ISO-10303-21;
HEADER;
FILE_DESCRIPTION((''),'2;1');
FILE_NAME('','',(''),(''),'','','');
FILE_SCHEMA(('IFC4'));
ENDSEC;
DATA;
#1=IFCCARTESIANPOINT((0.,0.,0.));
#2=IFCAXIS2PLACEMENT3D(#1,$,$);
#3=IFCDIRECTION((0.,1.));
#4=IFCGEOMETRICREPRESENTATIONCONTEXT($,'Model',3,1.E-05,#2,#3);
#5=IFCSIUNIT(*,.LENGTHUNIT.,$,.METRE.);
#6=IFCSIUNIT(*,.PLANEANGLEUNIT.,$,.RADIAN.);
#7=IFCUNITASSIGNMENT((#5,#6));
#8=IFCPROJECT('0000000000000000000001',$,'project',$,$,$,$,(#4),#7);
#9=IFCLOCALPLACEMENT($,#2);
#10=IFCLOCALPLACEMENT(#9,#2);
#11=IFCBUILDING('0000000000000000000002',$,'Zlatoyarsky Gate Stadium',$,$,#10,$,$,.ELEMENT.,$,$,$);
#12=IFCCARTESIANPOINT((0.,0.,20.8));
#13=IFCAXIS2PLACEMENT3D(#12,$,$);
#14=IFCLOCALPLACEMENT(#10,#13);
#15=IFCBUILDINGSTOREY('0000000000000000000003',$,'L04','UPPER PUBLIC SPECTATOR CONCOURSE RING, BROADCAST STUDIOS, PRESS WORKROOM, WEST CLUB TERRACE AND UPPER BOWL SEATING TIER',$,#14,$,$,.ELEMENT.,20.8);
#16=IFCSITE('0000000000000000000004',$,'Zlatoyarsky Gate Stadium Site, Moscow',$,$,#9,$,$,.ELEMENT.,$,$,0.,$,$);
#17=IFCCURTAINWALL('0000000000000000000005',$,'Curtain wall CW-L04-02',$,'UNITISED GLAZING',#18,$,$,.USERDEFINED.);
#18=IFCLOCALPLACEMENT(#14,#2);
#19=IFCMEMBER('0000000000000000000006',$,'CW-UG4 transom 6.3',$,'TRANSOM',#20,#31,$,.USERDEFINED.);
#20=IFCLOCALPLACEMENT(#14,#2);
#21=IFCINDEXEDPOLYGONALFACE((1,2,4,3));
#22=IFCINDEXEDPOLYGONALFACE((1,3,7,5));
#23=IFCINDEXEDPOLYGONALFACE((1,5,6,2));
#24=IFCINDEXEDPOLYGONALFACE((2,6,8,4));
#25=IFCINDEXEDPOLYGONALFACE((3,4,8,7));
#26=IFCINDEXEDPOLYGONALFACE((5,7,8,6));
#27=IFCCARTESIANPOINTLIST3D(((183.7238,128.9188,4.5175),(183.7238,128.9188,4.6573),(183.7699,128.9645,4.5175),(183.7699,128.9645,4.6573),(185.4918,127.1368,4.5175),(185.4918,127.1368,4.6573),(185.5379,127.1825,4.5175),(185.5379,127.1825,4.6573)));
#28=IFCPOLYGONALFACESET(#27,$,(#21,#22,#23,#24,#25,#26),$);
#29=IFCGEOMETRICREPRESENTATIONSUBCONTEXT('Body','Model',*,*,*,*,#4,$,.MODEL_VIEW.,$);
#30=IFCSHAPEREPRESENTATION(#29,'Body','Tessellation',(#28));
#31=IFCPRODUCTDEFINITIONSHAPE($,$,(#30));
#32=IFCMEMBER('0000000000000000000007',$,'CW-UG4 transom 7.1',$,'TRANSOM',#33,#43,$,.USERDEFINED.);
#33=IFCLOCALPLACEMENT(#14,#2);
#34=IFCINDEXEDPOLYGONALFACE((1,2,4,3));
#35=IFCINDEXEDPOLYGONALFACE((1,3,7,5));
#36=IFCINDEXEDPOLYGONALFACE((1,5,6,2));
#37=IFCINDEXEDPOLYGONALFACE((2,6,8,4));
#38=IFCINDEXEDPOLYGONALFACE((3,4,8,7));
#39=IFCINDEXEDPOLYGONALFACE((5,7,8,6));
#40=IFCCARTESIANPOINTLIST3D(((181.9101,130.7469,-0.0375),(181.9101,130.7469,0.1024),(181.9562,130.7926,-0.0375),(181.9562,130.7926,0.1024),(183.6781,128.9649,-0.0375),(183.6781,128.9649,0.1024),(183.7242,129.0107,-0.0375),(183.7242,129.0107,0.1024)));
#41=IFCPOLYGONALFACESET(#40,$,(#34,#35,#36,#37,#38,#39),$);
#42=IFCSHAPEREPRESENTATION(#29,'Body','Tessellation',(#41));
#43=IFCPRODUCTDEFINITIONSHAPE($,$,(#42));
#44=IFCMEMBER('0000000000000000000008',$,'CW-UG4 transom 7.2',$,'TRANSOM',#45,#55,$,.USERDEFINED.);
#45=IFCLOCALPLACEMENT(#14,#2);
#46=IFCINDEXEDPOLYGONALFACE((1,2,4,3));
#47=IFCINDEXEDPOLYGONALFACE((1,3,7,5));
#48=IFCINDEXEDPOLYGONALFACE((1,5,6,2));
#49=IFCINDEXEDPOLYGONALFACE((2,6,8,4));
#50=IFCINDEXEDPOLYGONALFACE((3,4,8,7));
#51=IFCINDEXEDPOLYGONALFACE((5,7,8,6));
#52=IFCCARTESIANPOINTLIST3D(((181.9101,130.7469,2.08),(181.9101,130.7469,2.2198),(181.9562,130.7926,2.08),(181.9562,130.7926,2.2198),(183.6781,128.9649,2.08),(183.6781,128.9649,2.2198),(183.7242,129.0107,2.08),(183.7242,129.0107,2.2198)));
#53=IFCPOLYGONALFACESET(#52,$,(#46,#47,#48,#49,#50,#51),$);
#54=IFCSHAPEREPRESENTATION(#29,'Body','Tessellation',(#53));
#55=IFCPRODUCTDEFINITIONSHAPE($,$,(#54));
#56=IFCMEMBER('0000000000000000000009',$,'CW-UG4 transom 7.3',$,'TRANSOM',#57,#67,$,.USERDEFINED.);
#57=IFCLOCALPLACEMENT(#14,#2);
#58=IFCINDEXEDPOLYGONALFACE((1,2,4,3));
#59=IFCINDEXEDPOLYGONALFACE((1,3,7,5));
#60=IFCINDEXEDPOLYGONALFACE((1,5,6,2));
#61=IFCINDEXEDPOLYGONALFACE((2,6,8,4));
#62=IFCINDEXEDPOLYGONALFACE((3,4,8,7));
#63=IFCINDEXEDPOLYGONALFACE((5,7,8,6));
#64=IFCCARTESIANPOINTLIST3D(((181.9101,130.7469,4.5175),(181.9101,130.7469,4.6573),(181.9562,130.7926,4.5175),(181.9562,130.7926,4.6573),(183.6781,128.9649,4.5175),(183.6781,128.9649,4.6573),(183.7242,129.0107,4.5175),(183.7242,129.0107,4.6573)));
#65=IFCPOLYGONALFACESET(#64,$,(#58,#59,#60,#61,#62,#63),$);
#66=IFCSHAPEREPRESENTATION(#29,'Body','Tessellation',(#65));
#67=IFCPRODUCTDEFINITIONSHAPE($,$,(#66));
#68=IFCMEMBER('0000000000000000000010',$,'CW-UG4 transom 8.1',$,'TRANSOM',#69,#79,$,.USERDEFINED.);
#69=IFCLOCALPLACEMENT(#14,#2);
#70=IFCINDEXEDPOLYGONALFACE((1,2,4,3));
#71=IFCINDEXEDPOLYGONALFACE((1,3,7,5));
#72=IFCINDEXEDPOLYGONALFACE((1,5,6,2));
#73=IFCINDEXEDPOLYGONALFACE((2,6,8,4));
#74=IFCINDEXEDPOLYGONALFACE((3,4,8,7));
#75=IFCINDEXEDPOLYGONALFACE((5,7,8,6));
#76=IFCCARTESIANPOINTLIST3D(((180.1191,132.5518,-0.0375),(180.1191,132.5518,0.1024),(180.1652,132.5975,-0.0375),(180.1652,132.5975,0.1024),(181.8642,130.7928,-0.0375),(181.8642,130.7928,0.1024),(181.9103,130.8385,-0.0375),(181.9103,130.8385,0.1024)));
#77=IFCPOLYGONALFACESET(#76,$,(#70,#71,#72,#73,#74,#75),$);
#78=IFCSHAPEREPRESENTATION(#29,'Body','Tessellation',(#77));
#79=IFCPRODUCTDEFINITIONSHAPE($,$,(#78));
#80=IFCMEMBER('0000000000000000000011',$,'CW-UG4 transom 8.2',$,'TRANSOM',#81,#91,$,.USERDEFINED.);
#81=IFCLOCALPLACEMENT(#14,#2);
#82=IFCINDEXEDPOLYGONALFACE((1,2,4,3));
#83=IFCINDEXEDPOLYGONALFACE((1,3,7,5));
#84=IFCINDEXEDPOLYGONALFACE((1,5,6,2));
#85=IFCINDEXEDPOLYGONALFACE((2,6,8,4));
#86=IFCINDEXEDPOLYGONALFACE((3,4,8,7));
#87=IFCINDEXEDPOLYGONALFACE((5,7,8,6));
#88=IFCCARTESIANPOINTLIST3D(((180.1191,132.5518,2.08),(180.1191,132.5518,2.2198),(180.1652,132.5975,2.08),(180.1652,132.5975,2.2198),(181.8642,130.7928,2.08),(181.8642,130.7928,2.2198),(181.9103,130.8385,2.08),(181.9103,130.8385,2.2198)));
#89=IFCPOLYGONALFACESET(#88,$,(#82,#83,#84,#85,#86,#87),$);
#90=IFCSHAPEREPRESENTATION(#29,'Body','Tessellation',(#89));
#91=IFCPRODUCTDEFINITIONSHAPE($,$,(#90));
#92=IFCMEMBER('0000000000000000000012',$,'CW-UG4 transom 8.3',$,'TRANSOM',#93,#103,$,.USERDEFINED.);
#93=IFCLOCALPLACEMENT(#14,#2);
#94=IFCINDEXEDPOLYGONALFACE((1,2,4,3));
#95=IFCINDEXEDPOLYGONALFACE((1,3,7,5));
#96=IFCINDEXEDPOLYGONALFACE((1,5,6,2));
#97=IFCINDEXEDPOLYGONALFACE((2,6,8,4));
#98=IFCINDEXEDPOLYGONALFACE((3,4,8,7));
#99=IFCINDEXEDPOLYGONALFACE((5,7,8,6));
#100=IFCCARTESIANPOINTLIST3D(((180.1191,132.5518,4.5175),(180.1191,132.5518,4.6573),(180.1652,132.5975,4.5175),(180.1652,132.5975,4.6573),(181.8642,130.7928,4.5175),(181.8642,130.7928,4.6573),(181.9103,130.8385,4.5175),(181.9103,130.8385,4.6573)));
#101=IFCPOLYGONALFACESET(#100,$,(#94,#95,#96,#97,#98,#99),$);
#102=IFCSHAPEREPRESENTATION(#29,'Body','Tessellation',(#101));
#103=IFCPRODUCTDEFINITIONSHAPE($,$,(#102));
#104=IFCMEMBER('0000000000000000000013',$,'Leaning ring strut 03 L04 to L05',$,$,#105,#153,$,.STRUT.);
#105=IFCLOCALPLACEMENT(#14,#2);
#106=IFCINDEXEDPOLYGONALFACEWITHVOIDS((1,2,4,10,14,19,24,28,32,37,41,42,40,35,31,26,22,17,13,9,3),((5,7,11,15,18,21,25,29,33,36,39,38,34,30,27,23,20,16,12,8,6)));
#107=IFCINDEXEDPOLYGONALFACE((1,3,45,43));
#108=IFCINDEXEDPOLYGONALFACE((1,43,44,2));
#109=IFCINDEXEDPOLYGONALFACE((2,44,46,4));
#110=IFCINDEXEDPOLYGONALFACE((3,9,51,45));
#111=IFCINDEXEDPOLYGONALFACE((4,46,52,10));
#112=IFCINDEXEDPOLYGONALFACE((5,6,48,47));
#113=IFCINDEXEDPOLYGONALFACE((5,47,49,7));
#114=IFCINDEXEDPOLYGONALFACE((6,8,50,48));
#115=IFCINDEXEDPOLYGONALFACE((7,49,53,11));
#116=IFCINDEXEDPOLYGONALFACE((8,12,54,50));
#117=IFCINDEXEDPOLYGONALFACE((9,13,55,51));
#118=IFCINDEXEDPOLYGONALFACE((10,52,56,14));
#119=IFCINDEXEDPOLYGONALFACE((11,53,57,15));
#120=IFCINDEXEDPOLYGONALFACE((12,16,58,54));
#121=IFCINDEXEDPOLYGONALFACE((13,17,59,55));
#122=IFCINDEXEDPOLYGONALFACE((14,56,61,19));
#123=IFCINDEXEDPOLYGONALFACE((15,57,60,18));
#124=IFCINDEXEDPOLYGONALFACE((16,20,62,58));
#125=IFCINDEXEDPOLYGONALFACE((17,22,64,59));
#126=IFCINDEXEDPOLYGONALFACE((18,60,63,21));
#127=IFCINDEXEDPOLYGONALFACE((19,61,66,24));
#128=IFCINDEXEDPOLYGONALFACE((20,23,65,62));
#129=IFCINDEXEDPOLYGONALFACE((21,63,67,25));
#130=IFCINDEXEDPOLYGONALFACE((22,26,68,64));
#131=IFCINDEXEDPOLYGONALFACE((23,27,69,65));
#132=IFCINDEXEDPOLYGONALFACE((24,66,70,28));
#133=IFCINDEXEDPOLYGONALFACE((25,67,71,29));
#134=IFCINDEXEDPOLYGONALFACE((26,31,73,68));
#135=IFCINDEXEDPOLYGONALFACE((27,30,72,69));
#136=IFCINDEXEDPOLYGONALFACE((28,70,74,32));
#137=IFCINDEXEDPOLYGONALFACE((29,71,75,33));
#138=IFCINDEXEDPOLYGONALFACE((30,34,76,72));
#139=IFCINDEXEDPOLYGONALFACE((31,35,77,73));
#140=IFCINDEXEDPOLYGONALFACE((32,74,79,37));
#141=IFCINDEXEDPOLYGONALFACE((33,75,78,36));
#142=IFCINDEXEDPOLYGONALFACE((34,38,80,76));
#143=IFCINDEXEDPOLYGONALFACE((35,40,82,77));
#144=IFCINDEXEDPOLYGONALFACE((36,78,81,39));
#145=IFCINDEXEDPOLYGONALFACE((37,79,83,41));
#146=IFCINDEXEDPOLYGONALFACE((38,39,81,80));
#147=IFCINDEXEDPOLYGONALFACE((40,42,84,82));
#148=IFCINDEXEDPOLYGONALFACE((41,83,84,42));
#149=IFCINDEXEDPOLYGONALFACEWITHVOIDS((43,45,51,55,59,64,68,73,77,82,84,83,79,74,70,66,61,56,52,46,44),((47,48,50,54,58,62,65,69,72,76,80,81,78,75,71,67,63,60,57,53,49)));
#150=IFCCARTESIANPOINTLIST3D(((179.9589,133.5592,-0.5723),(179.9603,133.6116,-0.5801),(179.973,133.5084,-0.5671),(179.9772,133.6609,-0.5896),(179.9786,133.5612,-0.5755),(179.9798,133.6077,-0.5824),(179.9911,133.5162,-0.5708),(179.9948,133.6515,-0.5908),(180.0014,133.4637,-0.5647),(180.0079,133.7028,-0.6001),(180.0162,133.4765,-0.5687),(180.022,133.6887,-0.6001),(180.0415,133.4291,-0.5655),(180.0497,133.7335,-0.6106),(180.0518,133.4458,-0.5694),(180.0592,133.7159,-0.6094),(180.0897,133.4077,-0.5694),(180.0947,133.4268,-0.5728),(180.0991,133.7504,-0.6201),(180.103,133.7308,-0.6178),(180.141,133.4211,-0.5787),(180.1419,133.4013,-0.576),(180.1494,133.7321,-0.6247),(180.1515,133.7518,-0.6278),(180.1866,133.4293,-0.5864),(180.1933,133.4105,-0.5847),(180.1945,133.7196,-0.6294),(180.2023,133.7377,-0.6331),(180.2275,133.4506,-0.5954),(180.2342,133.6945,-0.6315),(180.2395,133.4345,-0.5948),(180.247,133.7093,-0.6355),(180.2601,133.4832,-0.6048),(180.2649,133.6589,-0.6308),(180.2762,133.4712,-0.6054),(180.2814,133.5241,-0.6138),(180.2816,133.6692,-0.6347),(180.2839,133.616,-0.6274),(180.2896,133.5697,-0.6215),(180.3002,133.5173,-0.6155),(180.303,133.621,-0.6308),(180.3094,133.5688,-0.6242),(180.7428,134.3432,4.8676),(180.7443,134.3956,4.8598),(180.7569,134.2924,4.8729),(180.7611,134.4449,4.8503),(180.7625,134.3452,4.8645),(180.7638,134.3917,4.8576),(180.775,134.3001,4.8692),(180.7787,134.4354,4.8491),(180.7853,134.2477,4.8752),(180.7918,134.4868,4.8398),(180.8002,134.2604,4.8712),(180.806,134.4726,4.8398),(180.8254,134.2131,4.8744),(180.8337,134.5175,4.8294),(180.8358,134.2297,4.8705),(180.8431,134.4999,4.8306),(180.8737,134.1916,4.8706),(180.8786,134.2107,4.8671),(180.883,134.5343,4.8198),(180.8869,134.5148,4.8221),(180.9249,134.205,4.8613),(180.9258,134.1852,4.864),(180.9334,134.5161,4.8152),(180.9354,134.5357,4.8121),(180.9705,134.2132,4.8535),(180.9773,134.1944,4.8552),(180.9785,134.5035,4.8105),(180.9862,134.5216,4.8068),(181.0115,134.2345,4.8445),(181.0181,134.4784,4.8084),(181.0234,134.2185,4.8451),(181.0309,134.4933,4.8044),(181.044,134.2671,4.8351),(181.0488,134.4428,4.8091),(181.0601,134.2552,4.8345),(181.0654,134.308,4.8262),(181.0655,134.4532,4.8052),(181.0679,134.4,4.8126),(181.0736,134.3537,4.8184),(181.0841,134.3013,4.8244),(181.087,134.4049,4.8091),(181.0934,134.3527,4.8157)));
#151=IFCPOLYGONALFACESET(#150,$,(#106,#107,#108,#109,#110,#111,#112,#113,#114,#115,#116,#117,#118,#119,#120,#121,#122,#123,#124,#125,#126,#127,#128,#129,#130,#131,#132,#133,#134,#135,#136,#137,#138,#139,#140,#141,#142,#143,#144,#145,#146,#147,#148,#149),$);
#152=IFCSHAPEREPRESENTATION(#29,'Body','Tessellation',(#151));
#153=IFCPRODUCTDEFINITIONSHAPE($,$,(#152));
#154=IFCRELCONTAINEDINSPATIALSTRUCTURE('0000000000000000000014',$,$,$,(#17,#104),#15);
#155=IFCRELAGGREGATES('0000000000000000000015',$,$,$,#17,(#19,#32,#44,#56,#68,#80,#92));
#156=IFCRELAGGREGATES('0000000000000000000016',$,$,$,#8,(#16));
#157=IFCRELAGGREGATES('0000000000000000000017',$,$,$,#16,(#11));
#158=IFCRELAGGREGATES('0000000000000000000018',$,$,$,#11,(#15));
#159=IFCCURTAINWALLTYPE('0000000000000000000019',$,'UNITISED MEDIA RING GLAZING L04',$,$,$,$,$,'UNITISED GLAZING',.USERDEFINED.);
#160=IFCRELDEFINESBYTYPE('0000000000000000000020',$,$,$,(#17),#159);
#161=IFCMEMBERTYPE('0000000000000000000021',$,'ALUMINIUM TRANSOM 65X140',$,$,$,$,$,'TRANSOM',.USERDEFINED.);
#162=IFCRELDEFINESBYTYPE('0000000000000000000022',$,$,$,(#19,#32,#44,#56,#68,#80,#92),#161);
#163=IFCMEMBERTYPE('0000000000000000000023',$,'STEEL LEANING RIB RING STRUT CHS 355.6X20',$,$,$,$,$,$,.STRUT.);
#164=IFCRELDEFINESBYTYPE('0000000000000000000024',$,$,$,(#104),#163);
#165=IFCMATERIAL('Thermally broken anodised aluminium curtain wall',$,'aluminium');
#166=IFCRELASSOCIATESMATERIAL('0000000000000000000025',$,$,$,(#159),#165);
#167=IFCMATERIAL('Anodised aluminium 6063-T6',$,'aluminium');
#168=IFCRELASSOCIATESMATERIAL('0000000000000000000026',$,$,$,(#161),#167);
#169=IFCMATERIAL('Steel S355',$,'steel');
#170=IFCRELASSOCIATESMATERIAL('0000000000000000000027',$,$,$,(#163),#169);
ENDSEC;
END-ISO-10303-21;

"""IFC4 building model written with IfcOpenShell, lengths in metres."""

from ifc_helpers import new_model, si_unit, direction, frame, origin, origin_2d, place, context, subcontext, project, spatial, rectangle, hollow_circle, extrude, material, material_profile, profile_set, type_object, element, aggregate, save


model = new_model("IFC4")

# Units and contexts
model_context = context("Model", 3, precision=1e-05, world=origin(), true_north=direction((0.0, 1.0)))
body_context = subcontext(model_context, "Body", "Model", "MODEL_VIEW")
ifc_project = project(units=[si_unit("LENGTHUNIT", "METRE"), si_unit("PLANEANGLEUNIT", "RADIAN")], contexts=[model_context])

# Site, building, storey
site_placement = place(None, origin())
site = spatial("IfcSite", under=ifc_project, at=site_placement, Name="Zlatoyarsky Gate Stadium Site, Moscow", CompositionType="ELEMENT", RefElevation=0.0)
building_placement = place(site_placement, origin())
building = spatial("IfcBuilding", under=site, at=building_placement, Name="Zlatoyarsky Gate Stadium", CompositionType="ELEMENT")
storey_placement = place(building_placement, frame((0.0, 0.0, 20.8)))
storey = spatial("IfcBuildingStorey", under=building, at=storey_placement, Name="L04", Description="UPPER PUBLIC SPECTATOR CONCOURSE RING, BROADCAST STUDIOS, PRESS WORKROOM, WEST CLUB TERRACE AND UPPER BOWL SEATING TIER", CompositionType="ELEMENT", Elevation=20.8)

# Curtain wall, members
ifc_material_1 = material(Name="Thermally broken anodised aluminium curtain wall", Category="aluminium")
curtain_wall_type = type_object("IfcCurtainWallType", Name="UNITISED MEDIA RING GLAZING L04", ElementType="UNITISED GLAZING", PredefinedType="USERDEFINED", material=ifc_material_1)
curtain_wall_placement = place(storey_placement, origin())
curtain_wall = element("IfcCurtainWall", 1, at=curtain_wall_placement, inside=storey, type_object=curtain_wall_type, Name="Curtain wall CW-L04-02", ObjectType="UNITISED GLAZING", PredefinedType="USERDEFINED")
ifc_material_2 = material(Name="Anodised aluminium 6063-T6", Category="aluminium")
ifc_material_profile_1 = material_profile(ifc_material_2, rectangle(XDim=0.0649, YDim=0.1399, at=origin_2d()), Name="ALU 65X140")
ifc_profile_set_1 = profile_set([ifc_material_profile_1], Name="Anodised aluminium 6063-T6")
member_type_1 = type_object("IfcMemberType", Name="ALUMINIUM TRANSOM 65X140", ElementType="TRANSOM", PredefinedType="USERDEFINED", material=ifc_profile_set_1)
member_1_placement = place(storey_placement, frame((185.5149, 127.1597, 4.5874), z_axis=(-0.70433, 0.709873, 0.0), x_axis=(-0.709873, -0.70433, 0.0)))
member_1 = element("IfcMember", 2, at=member_1_placement, type_object=member_type_1, Name="CW-UG4 transom 6.3", ObjectType="TRANSOM", PredefinedType="USERDEFINED", context=body_context, shape_type="SweptSolid", body=[
    extrude(rectangle(XDim=0.0649, YDim=0.1399, at=origin_2d()), origin(), (0.0, 0.0, 1.0), 2.5103),
])
member_2_placement = place(storey_placement, frame((183.7012, 128.9878, 0.0325), z_axis=(-0.70433, 0.709873, 0.0), x_axis=(-0.709873, -0.70433, 0.0)))
member_2 = element("IfcMember", 3, at=member_2_placement, type_object=member_type_1, Name="CW-UG4 transom 7.1", ObjectType="TRANSOM", PredefinedType="USERDEFINED", context=body_context, shape_type="SweptSolid", body=[
    extrude(rectangle(XDim=0.0649, YDim=0.1399, at=origin_2d()), origin(), (0.0, 0.0, 1.0), 2.5103),
])
member_3_placement = place(storey_placement, frame((183.7012, 128.9878, 2.1499), z_axis=(-0.70433, 0.709873, 0.0), x_axis=(-0.709873, -0.70433, 0.0)))
member_3 = element("IfcMember", 4, at=member_3_placement, type_object=member_type_1, Name="CW-UG4 transom 7.2", ObjectType="TRANSOM", PredefinedType="USERDEFINED", context=body_context, shape_type="SweptSolid", body=[
    extrude(rectangle(XDim=0.0649, YDim=0.1399, at=origin_2d()), origin(), (0.0, 0.0, 1.0), 2.5103),
])
member_4_placement = place(storey_placement, frame((183.7012, 128.9878, 4.5874), z_axis=(-0.70433, 0.709873, 0.0), x_axis=(-0.709873, -0.70433, 0.0)))
member_4 = element("IfcMember", 5, at=member_4_placement, type_object=member_type_1, Name="CW-UG4 transom 7.3", ObjectType="TRANSOM", PredefinedType="USERDEFINED", context=body_context, shape_type="SweptSolid", body=[
    extrude(rectangle(XDim=0.0649, YDim=0.1399, at=origin_2d()), origin(), (0.0, 0.0, 1.0), 2.5103),
])
member_5_placement = place(storey_placement, frame((181.8872, 130.8157, 0.0325), z_axis=(-0.704293, 0.709909, 0.0), x_axis=(-0.709909, -0.704293, 0.0)))
member_5 = element("IfcMember", 6, at=member_5_placement, type_object=member_type_1, Name="CW-UG4 transom 8.1", ObjectType="TRANSOM", PredefinedType="USERDEFINED", context=body_context, shape_type="SweptSolid", body=[
    extrude(rectangle(XDim=0.0649, YDim=0.1399, at=origin_2d()), origin(), (0.0, 0.0, 1.0), 2.4778),
])
member_6_placement = place(storey_placement, frame((181.8872, 130.8157, 2.1499), z_axis=(-0.704293, 0.709909, 0.0), x_axis=(-0.709909, -0.704293, 0.0)))
member_6 = element("IfcMember", 7, at=member_6_placement, type_object=member_type_1, Name="CW-UG4 transom 8.2", ObjectType="TRANSOM", PredefinedType="USERDEFINED", context=body_context, shape_type="SweptSolid", body=[
    extrude(rectangle(XDim=0.0649, YDim=0.1399, at=origin_2d()), origin(), (0.0, 0.0, 1.0), 2.4778),
])
member_7_placement = place(storey_placement, frame((181.8872, 130.8157, 4.5874), z_axis=(-0.704293, 0.709909, 0.0), x_axis=(-0.709909, -0.704293, 0.0)))
member_7 = element("IfcMember", 8, at=member_7_placement, type_object=member_type_1, Name="CW-UG4 transom 8.3", ObjectType="TRANSOM", PredefinedType="USERDEFINED", context=body_context, shape_type="SweptSolid", body=[
    extrude(rectangle(XDim=0.0649, YDim=0.1399, at=origin_2d()), origin(), (0.0, 0.0, 1.0), 2.4778),
])

# Member
ifc_material_3 = material(Name="Steel S355", Category="steel")
ifc_material_profile_2 = material_profile(ifc_material_3, hollow_circle(Radius=0.1777, WallThickness=0.02, at=origin_2d()), Name="CHS 355.6X20")
ifc_profile_set_2 = profile_set([ifc_material_profile_2], Name="Steel S355")
member_type_2 = type_object("IfcMemberType", Name="STEEL LEANING RIB RING STRUT CHS 355.6X20", PredefinedType="STRUT", material=ifc_profile_set_2)
member_8_placement = place(storey_placement, frame((180.1335, 133.5771, -0.6001), z_axis=(0.141205, 0.141205, 0.979858), x_axis=(-0.707107, 0.707107, 0.0)))
element("IfcMember", 9, at=member_8_placement, inside=storey, type_object=member_type_2, Name="Leaning ring strut 03 L04 to L05", PredefinedType="STRUT", context=body_context, shape_type="SweptSolid", body=[
    extrude(hollow_circle(Radius=0.1777, WallThickness=0.02, at=origin_2d()), origin(), (0.0, 0.0, 1.0), 5.5518),
])

aggregate(curtain_wall, [member_1, member_2, member_3, member_4, member_5, member_6, member_7])

save(model, "model.ifc")
